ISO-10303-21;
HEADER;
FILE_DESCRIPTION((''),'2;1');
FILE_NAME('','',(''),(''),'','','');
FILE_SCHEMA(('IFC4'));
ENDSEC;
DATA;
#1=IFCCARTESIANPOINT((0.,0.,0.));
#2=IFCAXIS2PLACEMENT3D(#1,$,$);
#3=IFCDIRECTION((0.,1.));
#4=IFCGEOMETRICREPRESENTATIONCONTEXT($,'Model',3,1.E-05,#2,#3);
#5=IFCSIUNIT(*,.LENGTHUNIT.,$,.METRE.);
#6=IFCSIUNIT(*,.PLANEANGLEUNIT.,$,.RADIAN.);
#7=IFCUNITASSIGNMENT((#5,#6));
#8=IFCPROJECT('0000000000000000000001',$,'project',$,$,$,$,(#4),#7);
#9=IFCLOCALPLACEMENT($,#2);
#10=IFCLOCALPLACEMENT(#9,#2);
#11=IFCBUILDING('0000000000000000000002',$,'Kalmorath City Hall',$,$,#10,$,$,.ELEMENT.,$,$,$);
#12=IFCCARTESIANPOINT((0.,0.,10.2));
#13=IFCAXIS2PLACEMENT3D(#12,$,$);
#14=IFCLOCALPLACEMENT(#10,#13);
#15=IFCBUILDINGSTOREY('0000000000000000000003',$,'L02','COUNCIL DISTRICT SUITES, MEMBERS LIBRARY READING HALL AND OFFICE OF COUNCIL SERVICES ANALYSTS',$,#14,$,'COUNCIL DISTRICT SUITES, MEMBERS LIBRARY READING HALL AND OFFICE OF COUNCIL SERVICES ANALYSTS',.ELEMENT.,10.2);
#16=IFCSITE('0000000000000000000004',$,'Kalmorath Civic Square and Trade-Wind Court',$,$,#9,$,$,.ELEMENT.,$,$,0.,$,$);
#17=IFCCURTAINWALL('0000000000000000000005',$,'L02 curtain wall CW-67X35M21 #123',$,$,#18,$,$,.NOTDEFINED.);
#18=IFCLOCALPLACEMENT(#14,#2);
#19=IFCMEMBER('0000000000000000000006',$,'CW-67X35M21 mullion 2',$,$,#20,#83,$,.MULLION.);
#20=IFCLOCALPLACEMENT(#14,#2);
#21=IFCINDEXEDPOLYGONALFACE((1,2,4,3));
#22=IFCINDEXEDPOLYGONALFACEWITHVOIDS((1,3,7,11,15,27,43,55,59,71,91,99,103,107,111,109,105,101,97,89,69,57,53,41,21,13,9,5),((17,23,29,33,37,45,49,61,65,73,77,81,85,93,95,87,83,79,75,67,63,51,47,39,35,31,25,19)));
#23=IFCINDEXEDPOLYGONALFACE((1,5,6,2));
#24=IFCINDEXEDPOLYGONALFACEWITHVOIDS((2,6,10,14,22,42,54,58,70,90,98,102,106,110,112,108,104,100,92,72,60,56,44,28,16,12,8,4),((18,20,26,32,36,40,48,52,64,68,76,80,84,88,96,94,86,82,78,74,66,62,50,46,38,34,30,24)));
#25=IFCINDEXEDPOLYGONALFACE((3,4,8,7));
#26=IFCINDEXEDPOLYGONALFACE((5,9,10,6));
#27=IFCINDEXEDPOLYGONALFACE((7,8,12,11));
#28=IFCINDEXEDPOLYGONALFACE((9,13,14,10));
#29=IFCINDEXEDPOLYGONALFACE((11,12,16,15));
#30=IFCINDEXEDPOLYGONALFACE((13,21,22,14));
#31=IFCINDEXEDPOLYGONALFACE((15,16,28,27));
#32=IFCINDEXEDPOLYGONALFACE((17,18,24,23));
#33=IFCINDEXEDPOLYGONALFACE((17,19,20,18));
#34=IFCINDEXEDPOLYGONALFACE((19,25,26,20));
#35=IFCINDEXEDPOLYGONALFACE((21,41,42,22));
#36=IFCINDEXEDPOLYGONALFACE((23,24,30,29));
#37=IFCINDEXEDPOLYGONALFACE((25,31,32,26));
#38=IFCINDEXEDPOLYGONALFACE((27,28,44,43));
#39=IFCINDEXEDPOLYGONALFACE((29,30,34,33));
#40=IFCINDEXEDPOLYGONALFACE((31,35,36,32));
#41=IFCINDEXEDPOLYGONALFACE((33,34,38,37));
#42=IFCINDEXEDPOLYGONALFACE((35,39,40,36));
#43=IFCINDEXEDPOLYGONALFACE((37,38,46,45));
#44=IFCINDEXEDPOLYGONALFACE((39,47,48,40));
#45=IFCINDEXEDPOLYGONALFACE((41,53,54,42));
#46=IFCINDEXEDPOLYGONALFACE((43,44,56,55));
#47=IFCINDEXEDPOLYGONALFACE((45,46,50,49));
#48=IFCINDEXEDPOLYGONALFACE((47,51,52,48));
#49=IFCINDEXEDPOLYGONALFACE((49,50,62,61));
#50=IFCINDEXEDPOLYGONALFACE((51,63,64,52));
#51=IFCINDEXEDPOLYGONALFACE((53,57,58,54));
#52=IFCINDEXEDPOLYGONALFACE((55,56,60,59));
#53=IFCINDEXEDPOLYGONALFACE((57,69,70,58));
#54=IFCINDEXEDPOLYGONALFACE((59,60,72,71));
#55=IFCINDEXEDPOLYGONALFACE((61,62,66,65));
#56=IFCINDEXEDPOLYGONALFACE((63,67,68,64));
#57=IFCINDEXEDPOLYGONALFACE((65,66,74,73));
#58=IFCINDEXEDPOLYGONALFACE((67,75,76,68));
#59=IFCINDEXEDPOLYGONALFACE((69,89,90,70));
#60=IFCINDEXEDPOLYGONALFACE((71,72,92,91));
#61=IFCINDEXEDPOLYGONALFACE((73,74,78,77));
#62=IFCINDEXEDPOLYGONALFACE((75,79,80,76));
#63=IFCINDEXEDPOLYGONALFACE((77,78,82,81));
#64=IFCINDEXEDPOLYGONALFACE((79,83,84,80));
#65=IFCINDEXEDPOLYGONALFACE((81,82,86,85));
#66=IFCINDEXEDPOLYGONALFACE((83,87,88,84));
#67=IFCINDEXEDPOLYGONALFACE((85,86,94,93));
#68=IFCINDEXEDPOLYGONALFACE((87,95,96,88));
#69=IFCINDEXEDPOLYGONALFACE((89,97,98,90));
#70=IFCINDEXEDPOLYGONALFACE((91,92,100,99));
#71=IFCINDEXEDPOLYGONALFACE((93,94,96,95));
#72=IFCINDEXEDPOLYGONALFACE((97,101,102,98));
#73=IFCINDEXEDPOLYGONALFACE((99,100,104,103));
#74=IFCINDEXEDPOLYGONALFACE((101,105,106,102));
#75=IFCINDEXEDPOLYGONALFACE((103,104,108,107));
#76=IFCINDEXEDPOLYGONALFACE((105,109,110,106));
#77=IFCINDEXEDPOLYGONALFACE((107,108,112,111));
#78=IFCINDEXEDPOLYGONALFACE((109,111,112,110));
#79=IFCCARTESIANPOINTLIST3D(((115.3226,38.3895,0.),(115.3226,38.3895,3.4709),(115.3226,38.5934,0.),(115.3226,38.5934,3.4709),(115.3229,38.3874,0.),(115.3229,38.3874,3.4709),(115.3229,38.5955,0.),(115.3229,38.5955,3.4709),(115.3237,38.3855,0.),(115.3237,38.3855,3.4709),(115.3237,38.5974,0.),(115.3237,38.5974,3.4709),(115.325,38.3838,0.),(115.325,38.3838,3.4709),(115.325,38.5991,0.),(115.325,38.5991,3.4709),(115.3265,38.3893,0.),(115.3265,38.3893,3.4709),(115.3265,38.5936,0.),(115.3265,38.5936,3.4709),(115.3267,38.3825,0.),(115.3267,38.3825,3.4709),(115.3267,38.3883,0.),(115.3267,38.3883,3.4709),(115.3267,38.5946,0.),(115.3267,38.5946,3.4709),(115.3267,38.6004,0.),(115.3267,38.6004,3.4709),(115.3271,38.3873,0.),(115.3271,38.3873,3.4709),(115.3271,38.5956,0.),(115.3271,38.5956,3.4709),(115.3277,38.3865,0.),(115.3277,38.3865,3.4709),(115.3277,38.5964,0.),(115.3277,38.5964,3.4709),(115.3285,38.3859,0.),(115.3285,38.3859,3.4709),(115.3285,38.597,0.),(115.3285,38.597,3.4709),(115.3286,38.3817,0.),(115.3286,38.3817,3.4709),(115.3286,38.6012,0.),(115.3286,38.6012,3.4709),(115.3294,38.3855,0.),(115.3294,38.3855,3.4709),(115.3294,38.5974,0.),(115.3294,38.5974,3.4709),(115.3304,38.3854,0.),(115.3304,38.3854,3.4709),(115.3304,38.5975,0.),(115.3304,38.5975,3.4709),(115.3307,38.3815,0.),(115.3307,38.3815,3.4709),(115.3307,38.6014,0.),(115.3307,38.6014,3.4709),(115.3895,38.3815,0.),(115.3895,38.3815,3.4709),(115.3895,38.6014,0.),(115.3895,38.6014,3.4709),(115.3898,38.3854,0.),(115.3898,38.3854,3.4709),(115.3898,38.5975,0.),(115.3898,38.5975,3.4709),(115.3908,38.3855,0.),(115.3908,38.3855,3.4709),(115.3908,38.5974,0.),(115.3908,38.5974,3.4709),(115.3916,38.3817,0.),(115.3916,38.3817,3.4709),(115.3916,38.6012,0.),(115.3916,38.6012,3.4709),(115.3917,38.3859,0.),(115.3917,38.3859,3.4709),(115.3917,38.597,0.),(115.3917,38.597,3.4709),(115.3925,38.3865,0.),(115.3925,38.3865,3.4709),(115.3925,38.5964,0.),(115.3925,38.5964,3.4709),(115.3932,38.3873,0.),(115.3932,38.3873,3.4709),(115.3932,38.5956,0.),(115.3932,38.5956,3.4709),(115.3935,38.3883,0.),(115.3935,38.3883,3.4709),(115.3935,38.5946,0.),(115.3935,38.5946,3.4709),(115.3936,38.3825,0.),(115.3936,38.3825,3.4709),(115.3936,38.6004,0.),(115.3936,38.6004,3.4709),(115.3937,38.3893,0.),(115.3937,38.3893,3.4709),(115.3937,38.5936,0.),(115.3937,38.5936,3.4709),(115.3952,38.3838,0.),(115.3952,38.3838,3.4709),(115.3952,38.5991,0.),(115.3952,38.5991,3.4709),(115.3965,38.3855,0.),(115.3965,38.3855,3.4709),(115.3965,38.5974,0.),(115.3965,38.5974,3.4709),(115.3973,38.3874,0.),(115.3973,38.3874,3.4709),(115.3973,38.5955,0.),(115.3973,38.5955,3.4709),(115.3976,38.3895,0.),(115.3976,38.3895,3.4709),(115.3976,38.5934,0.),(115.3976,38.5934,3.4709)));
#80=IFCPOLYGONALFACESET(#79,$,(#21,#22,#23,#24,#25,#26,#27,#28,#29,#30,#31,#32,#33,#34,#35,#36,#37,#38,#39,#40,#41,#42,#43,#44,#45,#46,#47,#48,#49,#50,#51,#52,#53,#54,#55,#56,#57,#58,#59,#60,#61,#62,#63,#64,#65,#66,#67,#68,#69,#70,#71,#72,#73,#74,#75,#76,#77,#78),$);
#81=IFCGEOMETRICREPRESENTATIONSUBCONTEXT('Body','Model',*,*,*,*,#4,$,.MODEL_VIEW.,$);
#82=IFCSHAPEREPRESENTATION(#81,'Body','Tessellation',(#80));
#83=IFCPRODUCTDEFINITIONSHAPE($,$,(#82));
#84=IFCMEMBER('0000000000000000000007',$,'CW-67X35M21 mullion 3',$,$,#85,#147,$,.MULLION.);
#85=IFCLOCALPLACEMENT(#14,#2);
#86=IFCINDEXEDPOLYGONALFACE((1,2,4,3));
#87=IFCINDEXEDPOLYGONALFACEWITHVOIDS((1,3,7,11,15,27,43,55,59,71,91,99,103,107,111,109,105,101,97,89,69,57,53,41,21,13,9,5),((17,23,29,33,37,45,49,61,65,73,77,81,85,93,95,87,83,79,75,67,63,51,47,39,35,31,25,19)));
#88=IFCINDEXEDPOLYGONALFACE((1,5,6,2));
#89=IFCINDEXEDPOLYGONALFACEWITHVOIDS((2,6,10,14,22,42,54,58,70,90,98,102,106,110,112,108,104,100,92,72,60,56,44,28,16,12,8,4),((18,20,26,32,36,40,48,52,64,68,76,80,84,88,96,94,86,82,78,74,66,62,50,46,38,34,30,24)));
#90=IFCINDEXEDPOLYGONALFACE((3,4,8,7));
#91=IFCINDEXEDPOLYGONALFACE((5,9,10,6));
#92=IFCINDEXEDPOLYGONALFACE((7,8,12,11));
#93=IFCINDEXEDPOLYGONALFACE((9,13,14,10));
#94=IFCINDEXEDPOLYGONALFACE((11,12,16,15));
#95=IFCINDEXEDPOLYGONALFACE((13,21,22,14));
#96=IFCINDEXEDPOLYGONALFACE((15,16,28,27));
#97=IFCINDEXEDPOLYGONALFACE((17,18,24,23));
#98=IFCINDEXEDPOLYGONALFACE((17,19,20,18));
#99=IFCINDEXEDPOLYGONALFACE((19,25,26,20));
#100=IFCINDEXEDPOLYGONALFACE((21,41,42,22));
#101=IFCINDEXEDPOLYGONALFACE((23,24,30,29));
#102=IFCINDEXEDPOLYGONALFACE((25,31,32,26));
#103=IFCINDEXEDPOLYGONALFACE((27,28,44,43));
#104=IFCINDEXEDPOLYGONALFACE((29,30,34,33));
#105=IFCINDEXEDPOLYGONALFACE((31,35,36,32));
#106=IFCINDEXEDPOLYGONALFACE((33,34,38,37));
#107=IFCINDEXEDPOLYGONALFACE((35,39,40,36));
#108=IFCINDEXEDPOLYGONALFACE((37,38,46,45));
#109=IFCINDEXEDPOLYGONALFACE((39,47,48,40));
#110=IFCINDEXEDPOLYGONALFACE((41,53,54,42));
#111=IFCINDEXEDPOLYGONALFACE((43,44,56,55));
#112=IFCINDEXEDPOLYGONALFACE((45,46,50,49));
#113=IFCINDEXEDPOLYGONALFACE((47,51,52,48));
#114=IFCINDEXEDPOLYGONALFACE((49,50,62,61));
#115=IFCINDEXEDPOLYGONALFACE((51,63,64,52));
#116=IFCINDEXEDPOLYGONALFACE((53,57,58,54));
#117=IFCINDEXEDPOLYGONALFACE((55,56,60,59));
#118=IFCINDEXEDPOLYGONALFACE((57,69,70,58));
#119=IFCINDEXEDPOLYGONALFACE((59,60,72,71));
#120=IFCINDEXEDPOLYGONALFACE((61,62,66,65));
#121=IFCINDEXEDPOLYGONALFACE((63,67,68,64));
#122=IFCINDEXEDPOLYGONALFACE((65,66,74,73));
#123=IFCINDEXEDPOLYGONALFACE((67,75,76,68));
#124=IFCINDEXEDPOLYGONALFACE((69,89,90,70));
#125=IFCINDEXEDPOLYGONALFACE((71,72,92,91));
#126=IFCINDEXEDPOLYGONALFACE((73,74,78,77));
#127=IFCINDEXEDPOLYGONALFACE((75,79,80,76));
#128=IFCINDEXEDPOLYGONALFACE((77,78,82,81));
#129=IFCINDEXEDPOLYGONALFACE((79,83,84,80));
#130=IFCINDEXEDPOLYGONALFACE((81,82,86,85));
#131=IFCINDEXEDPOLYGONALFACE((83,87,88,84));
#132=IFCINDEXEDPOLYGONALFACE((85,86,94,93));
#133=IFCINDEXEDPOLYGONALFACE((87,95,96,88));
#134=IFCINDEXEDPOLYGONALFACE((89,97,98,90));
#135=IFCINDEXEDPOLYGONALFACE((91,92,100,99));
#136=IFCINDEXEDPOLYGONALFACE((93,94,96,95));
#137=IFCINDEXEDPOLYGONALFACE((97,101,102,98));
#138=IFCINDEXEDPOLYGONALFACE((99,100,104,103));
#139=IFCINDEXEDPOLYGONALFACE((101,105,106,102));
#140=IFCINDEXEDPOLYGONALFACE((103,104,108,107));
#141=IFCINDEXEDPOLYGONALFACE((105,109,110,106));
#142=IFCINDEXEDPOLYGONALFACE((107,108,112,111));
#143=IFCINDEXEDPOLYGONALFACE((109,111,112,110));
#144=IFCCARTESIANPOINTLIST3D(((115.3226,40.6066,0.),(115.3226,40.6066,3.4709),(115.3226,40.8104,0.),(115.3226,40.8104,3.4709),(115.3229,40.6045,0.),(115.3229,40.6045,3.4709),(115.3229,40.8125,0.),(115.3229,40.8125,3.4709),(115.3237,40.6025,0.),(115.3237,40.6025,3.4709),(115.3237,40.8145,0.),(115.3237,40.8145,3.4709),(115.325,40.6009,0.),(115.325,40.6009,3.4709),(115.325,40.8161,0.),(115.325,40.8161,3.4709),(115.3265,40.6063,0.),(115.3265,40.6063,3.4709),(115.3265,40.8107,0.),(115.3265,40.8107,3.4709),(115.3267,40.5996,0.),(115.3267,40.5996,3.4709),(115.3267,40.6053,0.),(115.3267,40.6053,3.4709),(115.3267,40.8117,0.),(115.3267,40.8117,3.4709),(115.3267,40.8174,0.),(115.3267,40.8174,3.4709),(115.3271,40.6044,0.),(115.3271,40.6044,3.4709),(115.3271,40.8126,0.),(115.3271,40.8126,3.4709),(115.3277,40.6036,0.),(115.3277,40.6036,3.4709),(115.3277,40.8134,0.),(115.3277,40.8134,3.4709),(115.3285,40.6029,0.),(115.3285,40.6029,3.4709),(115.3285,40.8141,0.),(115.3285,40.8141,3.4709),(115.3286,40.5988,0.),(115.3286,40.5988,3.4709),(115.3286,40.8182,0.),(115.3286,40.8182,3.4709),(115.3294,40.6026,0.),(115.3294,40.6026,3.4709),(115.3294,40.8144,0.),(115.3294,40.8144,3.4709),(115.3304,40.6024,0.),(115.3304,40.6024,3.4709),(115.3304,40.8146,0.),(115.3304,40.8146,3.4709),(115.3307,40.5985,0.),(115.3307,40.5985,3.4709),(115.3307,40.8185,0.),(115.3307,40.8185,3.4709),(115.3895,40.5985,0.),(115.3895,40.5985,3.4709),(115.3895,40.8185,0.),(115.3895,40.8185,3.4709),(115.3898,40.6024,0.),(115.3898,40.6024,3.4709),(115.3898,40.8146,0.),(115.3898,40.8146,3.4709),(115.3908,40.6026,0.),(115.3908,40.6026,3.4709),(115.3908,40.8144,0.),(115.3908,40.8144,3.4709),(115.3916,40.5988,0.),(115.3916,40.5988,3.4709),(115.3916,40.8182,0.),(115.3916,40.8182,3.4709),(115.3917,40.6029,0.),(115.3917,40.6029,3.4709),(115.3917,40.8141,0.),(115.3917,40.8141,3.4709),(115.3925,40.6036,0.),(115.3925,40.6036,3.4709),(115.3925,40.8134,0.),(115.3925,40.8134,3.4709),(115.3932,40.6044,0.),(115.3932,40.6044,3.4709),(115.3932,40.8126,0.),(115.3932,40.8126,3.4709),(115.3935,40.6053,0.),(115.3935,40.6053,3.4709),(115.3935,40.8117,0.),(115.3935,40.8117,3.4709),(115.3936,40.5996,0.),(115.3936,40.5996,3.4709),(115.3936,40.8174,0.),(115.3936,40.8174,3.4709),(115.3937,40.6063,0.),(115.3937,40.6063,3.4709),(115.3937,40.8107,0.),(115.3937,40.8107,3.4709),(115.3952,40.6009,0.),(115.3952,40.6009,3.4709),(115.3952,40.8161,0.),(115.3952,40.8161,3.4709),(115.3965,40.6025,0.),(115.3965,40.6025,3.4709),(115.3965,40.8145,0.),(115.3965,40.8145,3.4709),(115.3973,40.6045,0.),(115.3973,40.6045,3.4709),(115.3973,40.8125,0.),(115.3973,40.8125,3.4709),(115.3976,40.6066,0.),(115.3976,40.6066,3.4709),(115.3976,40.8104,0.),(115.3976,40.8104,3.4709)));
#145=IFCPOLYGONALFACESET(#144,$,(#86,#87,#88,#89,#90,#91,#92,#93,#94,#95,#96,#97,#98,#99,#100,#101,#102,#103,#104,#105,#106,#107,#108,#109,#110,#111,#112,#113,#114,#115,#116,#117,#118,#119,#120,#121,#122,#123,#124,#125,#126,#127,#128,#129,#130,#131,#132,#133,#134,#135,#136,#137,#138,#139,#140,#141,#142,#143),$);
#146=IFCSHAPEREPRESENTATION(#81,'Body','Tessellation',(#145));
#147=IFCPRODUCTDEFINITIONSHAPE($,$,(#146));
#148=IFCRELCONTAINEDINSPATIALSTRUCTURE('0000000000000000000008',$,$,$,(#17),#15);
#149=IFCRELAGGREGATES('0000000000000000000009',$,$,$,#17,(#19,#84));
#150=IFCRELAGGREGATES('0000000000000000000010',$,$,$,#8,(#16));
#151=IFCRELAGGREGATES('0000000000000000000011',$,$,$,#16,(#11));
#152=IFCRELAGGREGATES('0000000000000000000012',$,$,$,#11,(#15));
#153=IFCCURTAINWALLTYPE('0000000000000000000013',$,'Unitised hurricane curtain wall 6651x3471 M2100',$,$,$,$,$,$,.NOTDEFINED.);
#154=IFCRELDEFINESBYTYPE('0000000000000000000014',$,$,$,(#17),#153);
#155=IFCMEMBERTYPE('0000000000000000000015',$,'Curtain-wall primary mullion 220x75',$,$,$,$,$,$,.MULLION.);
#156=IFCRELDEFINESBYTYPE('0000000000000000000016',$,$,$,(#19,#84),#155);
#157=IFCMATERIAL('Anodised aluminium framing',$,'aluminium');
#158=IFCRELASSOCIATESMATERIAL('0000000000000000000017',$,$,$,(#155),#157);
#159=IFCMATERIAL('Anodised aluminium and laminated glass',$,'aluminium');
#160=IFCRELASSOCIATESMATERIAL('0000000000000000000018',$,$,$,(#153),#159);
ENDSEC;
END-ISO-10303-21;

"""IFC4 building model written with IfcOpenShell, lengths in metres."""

from ifc_helpers import new_model, si_unit, direction, frame, origin, origin_2d, place, context, subcontext, project, spatial, hollow_rectangle, extrude, material, material_profile, profile_set, type_object, element, aggregate, save


model = new_model("IFC4")

# Units and contexts
model_context = context("Model", 3, precision=1e-05, world=origin(), true_north=direction((0.0, 1.0)))
body_context = subcontext(model_context, "Body", "Model", "MODEL_VIEW")
ifc_project = project(units=[si_unit("LENGTHUNIT", "METRE"), si_unit("PLANEANGLEUNIT", "RADIAN")], contexts=[model_context])

# Site, building, storey
site_placement = place(None, origin())
site = spatial("IfcSite", under=ifc_project, at=site_placement, Name="Kalmorath Civic Square and Trade-Wind Court", CompositionType="ELEMENT", RefElevation=0.0)
building_placement = place(site_placement, origin())
building = spatial("IfcBuilding", under=site, at=building_placement, Name="Kalmorath City Hall", CompositionType="ELEMENT")
storey_placement = place(building_placement, frame((0.0, 0.0, 10.2)))
storey = spatial("IfcBuildingStorey", under=building, at=storey_placement, Name="L02", Description="COUNCIL DISTRICT SUITES, MEMBERS LIBRARY READING HALL AND OFFICE OF COUNCIL SERVICES ANALYSTS", LongName="COUNCIL DISTRICT SUITES, MEMBERS LIBRARY READING HALL AND OFFICE OF COUNCIL SERVICES ANALYSTS", CompositionType="ELEMENT", Elevation=10.2)

# Shared definitions
ifc_material_1 = material(Name="Anodised aluminium framing", Category="aluminium")
ifc_material_profile_1 = material_profile(ifc_material_1, hollow_rectangle(XDim=0.075, YDim=0.22, WallThickness=0.0039, InnerFilletRadius=0.0039, OuterFilletRadius=0.0081, at=origin_2d()), Name="ALU-MUL-220X75X4")
ifc_profile_set_1 = profile_set([ifc_material_profile_1], Name="Anodised aluminium framing")
member_type_1 = type_object("IfcMemberType", Name="Curtain-wall primary mullion 220x75", PredefinedType="MULLION", material=ifc_profile_set_1)

# Curtain wall, members
ifc_material_2 = material(Name="Anodised aluminium and laminated glass", Category="aluminium")
curtain_wall_type_1 = type_object("IfcCurtainWallType", Name="Unitised hurricane curtain wall 6651x3471 M2100", PredefinedType="NOTDEFINED", material=ifc_material_2)
curtain_wall_1_placement = place(storey_placement, origin())
curtain_wall_1 = element("IfcCurtainWall", 1, at=curtain_wall_1_placement, inside=storey, type_object=curtain_wall_type_1, Name="L02 curtain wall CW-67X35M21 #123", PredefinedType="NOTDEFINED")
member_1_placement = place(storey_placement, frame((115.3601, 38.4915, 0.0), z_axis=(0.0, 0.0, 1.0), x_axis=(-1.0, 0.0, 0.0)))
member_1 = element("IfcMember", 2, at=member_1_placement, type_object=member_type_1, Name="CW-67X35M21 mullion 2", PredefinedType="MULLION", context=body_context, shape_type="SweptSolid", body=[
    extrude(hollow_rectangle(XDim=0.075, YDim=0.22, WallThickness=0.0039, InnerFilletRadius=0.0039, OuterFilletRadius=0.0081, at=origin_2d()), origin(), (0.0, 0.0, 1.0), 3.4709),
])
member_2_placement = place(storey_placement, frame((115.3601, 40.7085, 0.0), z_axis=(0.0, 0.0, 1.0), x_axis=(-1.0, 0.0, 0.0)))
member_2 = element("IfcMember", 3, at=member_2_placement, type_object=member_type_1, Name="CW-67X35M21 mullion 3", PredefinedType="MULLION", context=body_context, shape_type="SweptSolid", body=[
    extrude(hollow_rectangle(XDim=0.075, YDim=0.22, WallThickness=0.0039, InnerFilletRadius=0.0039, OuterFilletRadius=0.0081, at=origin_2d()), origin(), (0.0, 0.0, 1.0), 3.4709),
])
aggregate(curtain_wall_1, [member_1, member_2])

save(model, "model.ifc")
